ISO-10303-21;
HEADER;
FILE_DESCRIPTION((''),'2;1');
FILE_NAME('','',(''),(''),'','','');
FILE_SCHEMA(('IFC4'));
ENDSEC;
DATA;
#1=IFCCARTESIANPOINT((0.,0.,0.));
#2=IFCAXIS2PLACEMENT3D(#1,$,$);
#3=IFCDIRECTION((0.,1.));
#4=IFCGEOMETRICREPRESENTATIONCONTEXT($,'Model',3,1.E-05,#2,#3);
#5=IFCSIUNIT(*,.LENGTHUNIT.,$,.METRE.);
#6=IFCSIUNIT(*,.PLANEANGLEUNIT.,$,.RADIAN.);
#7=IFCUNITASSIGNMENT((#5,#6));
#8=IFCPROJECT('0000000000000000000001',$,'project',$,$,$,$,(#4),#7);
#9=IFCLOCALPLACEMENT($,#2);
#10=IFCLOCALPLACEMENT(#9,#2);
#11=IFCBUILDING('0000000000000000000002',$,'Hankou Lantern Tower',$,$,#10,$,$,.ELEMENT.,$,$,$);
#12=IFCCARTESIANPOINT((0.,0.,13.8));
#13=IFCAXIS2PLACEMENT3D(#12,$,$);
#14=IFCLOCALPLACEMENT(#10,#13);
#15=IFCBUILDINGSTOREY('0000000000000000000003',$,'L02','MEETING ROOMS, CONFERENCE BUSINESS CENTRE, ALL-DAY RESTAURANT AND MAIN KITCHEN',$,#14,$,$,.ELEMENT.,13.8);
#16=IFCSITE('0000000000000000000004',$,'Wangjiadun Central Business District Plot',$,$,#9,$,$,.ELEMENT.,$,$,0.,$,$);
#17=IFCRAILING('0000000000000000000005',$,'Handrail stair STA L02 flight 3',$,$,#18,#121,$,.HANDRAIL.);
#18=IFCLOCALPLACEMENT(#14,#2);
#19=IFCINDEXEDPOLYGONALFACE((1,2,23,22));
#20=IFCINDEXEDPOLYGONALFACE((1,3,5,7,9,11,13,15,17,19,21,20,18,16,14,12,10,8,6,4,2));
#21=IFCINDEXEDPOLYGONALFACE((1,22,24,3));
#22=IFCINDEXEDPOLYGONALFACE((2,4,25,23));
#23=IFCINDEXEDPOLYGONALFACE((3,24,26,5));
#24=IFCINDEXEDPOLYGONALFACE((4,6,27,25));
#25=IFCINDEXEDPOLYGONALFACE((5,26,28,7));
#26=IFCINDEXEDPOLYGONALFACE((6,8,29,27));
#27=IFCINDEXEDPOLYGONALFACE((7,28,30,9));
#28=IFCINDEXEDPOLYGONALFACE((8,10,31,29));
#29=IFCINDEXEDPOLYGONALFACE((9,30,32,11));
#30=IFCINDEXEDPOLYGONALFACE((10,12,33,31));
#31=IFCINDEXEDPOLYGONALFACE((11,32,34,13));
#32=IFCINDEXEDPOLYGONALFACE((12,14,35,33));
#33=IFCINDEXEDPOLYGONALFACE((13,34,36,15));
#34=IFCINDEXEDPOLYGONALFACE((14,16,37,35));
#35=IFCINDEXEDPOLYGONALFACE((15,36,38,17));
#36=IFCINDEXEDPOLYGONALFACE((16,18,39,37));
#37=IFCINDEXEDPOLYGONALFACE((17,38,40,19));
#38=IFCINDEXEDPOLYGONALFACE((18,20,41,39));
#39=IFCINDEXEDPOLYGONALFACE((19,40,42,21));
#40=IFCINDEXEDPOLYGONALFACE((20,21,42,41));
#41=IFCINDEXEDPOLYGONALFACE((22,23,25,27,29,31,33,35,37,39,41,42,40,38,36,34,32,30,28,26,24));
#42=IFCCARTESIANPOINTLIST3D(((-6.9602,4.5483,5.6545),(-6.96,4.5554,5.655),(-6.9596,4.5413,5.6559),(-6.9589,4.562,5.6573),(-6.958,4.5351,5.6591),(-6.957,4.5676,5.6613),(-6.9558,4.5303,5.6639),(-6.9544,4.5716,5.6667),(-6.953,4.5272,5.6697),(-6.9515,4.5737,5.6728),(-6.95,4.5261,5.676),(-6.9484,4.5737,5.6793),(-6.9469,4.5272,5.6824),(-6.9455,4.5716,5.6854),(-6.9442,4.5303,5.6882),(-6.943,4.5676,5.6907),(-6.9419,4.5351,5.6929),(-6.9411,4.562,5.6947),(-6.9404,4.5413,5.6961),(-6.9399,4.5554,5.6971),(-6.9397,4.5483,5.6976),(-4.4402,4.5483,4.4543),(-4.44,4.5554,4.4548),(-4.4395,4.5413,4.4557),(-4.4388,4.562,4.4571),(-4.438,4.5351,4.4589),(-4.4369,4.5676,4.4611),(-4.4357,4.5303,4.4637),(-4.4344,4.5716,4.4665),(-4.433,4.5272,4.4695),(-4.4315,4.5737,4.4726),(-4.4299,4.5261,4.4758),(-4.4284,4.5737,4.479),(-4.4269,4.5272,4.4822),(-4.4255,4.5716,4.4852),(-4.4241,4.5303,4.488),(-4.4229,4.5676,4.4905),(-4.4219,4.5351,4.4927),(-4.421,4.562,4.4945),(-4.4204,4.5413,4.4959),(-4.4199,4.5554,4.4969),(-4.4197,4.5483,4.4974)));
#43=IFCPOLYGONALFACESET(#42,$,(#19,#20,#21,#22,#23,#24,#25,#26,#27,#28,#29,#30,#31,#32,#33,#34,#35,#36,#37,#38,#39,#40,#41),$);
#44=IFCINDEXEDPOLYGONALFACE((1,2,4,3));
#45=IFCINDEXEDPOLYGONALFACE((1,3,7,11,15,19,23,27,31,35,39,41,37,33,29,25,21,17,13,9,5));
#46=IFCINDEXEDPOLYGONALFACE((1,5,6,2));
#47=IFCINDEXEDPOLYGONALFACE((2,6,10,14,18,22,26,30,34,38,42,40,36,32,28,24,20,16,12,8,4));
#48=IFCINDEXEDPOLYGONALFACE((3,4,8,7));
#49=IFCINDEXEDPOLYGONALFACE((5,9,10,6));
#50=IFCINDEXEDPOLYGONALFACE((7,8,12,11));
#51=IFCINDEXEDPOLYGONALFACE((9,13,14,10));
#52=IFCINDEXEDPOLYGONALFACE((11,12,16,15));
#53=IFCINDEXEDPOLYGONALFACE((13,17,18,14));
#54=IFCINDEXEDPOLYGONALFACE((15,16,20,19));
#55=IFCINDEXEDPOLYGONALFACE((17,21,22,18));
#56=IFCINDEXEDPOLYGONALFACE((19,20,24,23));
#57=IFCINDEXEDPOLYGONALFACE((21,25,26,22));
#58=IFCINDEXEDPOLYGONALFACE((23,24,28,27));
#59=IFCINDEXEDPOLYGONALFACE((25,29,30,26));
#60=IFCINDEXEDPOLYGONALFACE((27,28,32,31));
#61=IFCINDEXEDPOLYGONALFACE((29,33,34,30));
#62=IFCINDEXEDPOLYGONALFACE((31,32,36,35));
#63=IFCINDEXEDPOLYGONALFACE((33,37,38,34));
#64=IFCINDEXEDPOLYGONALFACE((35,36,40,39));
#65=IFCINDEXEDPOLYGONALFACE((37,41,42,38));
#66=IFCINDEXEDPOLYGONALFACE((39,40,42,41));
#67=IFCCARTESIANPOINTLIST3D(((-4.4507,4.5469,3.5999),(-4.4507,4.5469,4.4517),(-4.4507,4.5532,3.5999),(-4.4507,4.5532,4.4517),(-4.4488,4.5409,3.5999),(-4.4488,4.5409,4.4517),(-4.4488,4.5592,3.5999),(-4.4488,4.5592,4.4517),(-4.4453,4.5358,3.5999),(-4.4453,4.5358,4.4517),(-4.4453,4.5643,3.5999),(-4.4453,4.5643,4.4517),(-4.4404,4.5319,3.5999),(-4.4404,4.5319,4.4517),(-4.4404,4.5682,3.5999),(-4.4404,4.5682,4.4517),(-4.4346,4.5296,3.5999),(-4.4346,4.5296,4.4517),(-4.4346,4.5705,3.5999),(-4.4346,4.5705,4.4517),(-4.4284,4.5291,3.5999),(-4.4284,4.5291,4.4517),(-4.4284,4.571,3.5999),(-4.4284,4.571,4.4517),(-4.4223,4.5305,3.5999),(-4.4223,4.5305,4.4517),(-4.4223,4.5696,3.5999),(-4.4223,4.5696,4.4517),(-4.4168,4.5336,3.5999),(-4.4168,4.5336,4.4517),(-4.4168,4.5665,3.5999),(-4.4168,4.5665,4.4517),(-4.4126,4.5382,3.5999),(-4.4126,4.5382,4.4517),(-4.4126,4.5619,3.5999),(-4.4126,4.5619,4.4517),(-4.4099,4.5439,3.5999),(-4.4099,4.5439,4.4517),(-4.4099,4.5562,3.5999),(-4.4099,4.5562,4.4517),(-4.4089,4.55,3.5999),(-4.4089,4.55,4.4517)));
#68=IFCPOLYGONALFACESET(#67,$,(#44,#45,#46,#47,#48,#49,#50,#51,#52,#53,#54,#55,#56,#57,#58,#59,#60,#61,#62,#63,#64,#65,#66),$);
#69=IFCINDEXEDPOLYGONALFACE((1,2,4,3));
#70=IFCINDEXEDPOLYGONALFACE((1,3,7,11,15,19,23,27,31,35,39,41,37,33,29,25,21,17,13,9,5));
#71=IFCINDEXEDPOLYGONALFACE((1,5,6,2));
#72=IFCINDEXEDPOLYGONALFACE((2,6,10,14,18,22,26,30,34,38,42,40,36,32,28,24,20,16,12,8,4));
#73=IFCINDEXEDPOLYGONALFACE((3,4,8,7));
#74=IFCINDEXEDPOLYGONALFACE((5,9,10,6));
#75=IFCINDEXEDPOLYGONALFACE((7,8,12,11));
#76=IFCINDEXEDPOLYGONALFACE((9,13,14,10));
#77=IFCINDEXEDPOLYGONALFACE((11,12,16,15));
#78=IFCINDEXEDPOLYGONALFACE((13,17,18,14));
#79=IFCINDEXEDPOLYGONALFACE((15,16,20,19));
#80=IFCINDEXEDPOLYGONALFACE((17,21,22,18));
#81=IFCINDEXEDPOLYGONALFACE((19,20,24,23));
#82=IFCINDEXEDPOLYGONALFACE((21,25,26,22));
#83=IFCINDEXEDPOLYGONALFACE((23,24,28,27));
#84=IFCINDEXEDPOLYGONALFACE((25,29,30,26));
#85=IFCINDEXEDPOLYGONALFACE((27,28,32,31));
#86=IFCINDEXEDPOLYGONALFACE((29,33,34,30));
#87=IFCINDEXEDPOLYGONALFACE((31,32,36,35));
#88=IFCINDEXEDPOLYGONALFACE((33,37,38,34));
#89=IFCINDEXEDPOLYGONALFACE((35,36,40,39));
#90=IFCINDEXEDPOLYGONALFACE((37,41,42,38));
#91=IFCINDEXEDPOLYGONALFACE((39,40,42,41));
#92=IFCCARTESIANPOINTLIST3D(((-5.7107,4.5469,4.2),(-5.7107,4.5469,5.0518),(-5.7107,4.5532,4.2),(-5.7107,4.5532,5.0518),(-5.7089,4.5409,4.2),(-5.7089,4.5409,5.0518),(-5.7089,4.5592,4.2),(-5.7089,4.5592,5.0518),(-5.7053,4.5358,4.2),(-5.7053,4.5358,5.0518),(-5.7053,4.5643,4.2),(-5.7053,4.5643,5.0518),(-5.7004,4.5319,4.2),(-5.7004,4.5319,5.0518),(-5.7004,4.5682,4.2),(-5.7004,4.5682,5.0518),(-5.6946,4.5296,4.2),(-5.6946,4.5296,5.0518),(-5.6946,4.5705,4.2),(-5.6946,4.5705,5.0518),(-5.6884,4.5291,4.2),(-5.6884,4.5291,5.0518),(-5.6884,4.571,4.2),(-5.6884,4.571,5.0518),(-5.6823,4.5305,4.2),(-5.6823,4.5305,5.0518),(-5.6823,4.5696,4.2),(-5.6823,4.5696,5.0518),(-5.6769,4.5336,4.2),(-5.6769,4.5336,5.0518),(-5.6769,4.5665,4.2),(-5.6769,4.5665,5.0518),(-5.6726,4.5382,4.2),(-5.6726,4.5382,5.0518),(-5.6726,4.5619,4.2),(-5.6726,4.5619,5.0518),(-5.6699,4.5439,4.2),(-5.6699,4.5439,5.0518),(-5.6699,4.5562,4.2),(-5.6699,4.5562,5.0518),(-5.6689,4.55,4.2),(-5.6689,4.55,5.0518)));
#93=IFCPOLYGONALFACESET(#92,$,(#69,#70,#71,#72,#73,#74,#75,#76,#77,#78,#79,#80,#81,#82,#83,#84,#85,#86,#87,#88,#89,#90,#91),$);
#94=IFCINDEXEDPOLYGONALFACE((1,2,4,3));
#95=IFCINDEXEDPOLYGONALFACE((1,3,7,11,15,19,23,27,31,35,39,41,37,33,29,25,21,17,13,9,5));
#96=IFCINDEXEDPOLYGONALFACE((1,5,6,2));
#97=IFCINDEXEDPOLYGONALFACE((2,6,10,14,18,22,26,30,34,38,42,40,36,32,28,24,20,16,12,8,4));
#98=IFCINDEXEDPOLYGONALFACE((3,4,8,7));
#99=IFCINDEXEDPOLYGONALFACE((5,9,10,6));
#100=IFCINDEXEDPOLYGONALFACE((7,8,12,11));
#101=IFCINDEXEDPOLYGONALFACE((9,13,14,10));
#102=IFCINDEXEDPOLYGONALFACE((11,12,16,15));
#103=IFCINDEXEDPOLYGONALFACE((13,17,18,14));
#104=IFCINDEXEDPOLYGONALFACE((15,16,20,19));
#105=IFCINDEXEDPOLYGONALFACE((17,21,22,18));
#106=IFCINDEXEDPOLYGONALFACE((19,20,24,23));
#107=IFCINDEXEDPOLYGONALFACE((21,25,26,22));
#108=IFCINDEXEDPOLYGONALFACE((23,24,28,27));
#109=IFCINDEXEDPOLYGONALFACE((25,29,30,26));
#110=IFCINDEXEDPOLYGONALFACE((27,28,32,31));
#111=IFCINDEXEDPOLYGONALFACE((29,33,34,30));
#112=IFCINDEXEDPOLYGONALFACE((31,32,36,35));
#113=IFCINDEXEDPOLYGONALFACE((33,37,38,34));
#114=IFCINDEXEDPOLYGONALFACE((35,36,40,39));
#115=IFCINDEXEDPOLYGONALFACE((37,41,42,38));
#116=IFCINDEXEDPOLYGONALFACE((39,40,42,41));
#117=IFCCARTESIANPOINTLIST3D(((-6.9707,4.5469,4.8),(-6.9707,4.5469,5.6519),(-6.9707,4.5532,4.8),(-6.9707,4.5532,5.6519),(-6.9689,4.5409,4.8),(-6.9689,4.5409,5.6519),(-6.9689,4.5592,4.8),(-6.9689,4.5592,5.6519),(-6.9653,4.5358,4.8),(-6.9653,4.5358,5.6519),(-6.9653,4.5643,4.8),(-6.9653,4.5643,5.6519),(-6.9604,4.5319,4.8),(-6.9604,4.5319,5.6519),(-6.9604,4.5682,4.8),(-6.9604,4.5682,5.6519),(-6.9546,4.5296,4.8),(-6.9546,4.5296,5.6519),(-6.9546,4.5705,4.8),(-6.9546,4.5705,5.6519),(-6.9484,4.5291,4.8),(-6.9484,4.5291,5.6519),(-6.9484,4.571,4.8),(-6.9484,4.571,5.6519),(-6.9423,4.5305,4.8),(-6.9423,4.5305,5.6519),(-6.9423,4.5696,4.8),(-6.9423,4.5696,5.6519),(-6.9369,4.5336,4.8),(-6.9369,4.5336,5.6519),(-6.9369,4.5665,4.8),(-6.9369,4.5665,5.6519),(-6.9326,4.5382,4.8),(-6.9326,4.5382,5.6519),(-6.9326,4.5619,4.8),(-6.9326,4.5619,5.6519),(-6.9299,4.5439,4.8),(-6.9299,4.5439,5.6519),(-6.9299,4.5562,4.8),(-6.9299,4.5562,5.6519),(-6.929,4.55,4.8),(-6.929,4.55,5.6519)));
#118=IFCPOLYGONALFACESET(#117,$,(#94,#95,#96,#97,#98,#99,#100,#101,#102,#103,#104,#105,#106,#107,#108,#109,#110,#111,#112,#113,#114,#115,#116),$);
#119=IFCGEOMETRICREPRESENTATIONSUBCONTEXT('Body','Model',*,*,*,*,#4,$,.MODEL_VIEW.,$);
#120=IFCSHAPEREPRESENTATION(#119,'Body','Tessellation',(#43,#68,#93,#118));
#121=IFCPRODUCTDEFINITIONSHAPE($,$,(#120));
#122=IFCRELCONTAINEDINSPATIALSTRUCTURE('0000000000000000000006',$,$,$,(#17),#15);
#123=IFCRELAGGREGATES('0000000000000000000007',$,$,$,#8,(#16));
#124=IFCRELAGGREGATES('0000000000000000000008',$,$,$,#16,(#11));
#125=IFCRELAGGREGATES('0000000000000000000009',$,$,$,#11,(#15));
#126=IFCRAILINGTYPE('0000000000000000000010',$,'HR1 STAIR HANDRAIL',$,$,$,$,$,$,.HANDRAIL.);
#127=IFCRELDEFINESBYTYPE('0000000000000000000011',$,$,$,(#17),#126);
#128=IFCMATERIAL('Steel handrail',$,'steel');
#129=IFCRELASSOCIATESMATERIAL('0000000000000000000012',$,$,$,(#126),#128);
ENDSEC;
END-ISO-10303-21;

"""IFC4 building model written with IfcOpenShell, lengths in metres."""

from ifc_helpers import new_model, si_unit, direction, frame, origin, origin_2d, place, context, subcontext, project, spatial, circle, extrude, material, type_object, element, save


model = new_model("IFC4")

# Units and contexts
model_context = context("Model", 3, precision=1e-05, world=origin(), true_north=direction((0.0, 1.0)))
body_context = subcontext(model_context, "Body", "Model", "MODEL_VIEW")
ifc_project = project(units=[si_unit("LENGTHUNIT", "METRE"), si_unit("PLANEANGLEUNIT", "RADIAN")], contexts=[model_context])

# Site, building, storey
site_placement = place(None, origin())
site = spatial("IfcSite", under=ifc_project, at=site_placement, Name="Wangjiadun Central Business District Plot", CompositionType="ELEMENT", RefElevation=0.0)
building_placement = place(site_placement, origin())
building = spatial("IfcBuilding", under=site, at=building_placement, Name="Hankou Lantern Tower", CompositionType="ELEMENT")
storey_placement = place(building_placement, frame((0.0, 0.0, 13.8)))
storey = spatial("IfcBuildingStorey", under=building, at=storey_placement, Name="L02", Description="MEETING ROOMS, CONFERENCE BUSINESS CENTRE, ALL-DAY RESTAURANT AND MAIN KITCHEN", CompositionType="ELEMENT", Elevation=13.8)

# Railing
ifc_material_1 = material(Name="Steel handrail", Category="steel")
railing_type = type_object("IfcRailingType", Name="HR1 STAIR HANDRAIL", PredefinedType="HANDRAIL", material=ifc_material_1)
railing_1_placement = place(storey_placement, frame((-4.4299, 4.55, 3.5999)))
element("IfcRailing", 1, at=railing_1_placement, inside=storey, type_object=railing_type, Name="Handrail stair STA L02 flight 3", PredefinedType="HANDRAIL", context=body_context, shape_type="SweptSolid", body=[
    extrude(circle(Radius=0.0239, at=origin_2d()), frame((0.0, 0.0, 0.876), z_axis=(-0.902835, 0.0, 0.429988), x_axis=(0.0, -1.0, 0.0)), (0.0, 0.0, 1.0), 2.7913),
    extrude(circle(Radius=0.021, at=origin_2d()), origin(), (0.0, 0.0, 1.0), 0.8518),
    extrude(circle(Radius=0.021, at=origin_2d()), frame((-1.26, 0.0, 0.6001)), (0.0, 0.0, 1.0), 0.8518),
    extrude(circle(Radius=0.021, at=origin_2d()), frame((-2.52, 0.0, 1.2002)), (0.0, 0.0, 1.0), 0.8518),
])

save(model, "model.ifc")
